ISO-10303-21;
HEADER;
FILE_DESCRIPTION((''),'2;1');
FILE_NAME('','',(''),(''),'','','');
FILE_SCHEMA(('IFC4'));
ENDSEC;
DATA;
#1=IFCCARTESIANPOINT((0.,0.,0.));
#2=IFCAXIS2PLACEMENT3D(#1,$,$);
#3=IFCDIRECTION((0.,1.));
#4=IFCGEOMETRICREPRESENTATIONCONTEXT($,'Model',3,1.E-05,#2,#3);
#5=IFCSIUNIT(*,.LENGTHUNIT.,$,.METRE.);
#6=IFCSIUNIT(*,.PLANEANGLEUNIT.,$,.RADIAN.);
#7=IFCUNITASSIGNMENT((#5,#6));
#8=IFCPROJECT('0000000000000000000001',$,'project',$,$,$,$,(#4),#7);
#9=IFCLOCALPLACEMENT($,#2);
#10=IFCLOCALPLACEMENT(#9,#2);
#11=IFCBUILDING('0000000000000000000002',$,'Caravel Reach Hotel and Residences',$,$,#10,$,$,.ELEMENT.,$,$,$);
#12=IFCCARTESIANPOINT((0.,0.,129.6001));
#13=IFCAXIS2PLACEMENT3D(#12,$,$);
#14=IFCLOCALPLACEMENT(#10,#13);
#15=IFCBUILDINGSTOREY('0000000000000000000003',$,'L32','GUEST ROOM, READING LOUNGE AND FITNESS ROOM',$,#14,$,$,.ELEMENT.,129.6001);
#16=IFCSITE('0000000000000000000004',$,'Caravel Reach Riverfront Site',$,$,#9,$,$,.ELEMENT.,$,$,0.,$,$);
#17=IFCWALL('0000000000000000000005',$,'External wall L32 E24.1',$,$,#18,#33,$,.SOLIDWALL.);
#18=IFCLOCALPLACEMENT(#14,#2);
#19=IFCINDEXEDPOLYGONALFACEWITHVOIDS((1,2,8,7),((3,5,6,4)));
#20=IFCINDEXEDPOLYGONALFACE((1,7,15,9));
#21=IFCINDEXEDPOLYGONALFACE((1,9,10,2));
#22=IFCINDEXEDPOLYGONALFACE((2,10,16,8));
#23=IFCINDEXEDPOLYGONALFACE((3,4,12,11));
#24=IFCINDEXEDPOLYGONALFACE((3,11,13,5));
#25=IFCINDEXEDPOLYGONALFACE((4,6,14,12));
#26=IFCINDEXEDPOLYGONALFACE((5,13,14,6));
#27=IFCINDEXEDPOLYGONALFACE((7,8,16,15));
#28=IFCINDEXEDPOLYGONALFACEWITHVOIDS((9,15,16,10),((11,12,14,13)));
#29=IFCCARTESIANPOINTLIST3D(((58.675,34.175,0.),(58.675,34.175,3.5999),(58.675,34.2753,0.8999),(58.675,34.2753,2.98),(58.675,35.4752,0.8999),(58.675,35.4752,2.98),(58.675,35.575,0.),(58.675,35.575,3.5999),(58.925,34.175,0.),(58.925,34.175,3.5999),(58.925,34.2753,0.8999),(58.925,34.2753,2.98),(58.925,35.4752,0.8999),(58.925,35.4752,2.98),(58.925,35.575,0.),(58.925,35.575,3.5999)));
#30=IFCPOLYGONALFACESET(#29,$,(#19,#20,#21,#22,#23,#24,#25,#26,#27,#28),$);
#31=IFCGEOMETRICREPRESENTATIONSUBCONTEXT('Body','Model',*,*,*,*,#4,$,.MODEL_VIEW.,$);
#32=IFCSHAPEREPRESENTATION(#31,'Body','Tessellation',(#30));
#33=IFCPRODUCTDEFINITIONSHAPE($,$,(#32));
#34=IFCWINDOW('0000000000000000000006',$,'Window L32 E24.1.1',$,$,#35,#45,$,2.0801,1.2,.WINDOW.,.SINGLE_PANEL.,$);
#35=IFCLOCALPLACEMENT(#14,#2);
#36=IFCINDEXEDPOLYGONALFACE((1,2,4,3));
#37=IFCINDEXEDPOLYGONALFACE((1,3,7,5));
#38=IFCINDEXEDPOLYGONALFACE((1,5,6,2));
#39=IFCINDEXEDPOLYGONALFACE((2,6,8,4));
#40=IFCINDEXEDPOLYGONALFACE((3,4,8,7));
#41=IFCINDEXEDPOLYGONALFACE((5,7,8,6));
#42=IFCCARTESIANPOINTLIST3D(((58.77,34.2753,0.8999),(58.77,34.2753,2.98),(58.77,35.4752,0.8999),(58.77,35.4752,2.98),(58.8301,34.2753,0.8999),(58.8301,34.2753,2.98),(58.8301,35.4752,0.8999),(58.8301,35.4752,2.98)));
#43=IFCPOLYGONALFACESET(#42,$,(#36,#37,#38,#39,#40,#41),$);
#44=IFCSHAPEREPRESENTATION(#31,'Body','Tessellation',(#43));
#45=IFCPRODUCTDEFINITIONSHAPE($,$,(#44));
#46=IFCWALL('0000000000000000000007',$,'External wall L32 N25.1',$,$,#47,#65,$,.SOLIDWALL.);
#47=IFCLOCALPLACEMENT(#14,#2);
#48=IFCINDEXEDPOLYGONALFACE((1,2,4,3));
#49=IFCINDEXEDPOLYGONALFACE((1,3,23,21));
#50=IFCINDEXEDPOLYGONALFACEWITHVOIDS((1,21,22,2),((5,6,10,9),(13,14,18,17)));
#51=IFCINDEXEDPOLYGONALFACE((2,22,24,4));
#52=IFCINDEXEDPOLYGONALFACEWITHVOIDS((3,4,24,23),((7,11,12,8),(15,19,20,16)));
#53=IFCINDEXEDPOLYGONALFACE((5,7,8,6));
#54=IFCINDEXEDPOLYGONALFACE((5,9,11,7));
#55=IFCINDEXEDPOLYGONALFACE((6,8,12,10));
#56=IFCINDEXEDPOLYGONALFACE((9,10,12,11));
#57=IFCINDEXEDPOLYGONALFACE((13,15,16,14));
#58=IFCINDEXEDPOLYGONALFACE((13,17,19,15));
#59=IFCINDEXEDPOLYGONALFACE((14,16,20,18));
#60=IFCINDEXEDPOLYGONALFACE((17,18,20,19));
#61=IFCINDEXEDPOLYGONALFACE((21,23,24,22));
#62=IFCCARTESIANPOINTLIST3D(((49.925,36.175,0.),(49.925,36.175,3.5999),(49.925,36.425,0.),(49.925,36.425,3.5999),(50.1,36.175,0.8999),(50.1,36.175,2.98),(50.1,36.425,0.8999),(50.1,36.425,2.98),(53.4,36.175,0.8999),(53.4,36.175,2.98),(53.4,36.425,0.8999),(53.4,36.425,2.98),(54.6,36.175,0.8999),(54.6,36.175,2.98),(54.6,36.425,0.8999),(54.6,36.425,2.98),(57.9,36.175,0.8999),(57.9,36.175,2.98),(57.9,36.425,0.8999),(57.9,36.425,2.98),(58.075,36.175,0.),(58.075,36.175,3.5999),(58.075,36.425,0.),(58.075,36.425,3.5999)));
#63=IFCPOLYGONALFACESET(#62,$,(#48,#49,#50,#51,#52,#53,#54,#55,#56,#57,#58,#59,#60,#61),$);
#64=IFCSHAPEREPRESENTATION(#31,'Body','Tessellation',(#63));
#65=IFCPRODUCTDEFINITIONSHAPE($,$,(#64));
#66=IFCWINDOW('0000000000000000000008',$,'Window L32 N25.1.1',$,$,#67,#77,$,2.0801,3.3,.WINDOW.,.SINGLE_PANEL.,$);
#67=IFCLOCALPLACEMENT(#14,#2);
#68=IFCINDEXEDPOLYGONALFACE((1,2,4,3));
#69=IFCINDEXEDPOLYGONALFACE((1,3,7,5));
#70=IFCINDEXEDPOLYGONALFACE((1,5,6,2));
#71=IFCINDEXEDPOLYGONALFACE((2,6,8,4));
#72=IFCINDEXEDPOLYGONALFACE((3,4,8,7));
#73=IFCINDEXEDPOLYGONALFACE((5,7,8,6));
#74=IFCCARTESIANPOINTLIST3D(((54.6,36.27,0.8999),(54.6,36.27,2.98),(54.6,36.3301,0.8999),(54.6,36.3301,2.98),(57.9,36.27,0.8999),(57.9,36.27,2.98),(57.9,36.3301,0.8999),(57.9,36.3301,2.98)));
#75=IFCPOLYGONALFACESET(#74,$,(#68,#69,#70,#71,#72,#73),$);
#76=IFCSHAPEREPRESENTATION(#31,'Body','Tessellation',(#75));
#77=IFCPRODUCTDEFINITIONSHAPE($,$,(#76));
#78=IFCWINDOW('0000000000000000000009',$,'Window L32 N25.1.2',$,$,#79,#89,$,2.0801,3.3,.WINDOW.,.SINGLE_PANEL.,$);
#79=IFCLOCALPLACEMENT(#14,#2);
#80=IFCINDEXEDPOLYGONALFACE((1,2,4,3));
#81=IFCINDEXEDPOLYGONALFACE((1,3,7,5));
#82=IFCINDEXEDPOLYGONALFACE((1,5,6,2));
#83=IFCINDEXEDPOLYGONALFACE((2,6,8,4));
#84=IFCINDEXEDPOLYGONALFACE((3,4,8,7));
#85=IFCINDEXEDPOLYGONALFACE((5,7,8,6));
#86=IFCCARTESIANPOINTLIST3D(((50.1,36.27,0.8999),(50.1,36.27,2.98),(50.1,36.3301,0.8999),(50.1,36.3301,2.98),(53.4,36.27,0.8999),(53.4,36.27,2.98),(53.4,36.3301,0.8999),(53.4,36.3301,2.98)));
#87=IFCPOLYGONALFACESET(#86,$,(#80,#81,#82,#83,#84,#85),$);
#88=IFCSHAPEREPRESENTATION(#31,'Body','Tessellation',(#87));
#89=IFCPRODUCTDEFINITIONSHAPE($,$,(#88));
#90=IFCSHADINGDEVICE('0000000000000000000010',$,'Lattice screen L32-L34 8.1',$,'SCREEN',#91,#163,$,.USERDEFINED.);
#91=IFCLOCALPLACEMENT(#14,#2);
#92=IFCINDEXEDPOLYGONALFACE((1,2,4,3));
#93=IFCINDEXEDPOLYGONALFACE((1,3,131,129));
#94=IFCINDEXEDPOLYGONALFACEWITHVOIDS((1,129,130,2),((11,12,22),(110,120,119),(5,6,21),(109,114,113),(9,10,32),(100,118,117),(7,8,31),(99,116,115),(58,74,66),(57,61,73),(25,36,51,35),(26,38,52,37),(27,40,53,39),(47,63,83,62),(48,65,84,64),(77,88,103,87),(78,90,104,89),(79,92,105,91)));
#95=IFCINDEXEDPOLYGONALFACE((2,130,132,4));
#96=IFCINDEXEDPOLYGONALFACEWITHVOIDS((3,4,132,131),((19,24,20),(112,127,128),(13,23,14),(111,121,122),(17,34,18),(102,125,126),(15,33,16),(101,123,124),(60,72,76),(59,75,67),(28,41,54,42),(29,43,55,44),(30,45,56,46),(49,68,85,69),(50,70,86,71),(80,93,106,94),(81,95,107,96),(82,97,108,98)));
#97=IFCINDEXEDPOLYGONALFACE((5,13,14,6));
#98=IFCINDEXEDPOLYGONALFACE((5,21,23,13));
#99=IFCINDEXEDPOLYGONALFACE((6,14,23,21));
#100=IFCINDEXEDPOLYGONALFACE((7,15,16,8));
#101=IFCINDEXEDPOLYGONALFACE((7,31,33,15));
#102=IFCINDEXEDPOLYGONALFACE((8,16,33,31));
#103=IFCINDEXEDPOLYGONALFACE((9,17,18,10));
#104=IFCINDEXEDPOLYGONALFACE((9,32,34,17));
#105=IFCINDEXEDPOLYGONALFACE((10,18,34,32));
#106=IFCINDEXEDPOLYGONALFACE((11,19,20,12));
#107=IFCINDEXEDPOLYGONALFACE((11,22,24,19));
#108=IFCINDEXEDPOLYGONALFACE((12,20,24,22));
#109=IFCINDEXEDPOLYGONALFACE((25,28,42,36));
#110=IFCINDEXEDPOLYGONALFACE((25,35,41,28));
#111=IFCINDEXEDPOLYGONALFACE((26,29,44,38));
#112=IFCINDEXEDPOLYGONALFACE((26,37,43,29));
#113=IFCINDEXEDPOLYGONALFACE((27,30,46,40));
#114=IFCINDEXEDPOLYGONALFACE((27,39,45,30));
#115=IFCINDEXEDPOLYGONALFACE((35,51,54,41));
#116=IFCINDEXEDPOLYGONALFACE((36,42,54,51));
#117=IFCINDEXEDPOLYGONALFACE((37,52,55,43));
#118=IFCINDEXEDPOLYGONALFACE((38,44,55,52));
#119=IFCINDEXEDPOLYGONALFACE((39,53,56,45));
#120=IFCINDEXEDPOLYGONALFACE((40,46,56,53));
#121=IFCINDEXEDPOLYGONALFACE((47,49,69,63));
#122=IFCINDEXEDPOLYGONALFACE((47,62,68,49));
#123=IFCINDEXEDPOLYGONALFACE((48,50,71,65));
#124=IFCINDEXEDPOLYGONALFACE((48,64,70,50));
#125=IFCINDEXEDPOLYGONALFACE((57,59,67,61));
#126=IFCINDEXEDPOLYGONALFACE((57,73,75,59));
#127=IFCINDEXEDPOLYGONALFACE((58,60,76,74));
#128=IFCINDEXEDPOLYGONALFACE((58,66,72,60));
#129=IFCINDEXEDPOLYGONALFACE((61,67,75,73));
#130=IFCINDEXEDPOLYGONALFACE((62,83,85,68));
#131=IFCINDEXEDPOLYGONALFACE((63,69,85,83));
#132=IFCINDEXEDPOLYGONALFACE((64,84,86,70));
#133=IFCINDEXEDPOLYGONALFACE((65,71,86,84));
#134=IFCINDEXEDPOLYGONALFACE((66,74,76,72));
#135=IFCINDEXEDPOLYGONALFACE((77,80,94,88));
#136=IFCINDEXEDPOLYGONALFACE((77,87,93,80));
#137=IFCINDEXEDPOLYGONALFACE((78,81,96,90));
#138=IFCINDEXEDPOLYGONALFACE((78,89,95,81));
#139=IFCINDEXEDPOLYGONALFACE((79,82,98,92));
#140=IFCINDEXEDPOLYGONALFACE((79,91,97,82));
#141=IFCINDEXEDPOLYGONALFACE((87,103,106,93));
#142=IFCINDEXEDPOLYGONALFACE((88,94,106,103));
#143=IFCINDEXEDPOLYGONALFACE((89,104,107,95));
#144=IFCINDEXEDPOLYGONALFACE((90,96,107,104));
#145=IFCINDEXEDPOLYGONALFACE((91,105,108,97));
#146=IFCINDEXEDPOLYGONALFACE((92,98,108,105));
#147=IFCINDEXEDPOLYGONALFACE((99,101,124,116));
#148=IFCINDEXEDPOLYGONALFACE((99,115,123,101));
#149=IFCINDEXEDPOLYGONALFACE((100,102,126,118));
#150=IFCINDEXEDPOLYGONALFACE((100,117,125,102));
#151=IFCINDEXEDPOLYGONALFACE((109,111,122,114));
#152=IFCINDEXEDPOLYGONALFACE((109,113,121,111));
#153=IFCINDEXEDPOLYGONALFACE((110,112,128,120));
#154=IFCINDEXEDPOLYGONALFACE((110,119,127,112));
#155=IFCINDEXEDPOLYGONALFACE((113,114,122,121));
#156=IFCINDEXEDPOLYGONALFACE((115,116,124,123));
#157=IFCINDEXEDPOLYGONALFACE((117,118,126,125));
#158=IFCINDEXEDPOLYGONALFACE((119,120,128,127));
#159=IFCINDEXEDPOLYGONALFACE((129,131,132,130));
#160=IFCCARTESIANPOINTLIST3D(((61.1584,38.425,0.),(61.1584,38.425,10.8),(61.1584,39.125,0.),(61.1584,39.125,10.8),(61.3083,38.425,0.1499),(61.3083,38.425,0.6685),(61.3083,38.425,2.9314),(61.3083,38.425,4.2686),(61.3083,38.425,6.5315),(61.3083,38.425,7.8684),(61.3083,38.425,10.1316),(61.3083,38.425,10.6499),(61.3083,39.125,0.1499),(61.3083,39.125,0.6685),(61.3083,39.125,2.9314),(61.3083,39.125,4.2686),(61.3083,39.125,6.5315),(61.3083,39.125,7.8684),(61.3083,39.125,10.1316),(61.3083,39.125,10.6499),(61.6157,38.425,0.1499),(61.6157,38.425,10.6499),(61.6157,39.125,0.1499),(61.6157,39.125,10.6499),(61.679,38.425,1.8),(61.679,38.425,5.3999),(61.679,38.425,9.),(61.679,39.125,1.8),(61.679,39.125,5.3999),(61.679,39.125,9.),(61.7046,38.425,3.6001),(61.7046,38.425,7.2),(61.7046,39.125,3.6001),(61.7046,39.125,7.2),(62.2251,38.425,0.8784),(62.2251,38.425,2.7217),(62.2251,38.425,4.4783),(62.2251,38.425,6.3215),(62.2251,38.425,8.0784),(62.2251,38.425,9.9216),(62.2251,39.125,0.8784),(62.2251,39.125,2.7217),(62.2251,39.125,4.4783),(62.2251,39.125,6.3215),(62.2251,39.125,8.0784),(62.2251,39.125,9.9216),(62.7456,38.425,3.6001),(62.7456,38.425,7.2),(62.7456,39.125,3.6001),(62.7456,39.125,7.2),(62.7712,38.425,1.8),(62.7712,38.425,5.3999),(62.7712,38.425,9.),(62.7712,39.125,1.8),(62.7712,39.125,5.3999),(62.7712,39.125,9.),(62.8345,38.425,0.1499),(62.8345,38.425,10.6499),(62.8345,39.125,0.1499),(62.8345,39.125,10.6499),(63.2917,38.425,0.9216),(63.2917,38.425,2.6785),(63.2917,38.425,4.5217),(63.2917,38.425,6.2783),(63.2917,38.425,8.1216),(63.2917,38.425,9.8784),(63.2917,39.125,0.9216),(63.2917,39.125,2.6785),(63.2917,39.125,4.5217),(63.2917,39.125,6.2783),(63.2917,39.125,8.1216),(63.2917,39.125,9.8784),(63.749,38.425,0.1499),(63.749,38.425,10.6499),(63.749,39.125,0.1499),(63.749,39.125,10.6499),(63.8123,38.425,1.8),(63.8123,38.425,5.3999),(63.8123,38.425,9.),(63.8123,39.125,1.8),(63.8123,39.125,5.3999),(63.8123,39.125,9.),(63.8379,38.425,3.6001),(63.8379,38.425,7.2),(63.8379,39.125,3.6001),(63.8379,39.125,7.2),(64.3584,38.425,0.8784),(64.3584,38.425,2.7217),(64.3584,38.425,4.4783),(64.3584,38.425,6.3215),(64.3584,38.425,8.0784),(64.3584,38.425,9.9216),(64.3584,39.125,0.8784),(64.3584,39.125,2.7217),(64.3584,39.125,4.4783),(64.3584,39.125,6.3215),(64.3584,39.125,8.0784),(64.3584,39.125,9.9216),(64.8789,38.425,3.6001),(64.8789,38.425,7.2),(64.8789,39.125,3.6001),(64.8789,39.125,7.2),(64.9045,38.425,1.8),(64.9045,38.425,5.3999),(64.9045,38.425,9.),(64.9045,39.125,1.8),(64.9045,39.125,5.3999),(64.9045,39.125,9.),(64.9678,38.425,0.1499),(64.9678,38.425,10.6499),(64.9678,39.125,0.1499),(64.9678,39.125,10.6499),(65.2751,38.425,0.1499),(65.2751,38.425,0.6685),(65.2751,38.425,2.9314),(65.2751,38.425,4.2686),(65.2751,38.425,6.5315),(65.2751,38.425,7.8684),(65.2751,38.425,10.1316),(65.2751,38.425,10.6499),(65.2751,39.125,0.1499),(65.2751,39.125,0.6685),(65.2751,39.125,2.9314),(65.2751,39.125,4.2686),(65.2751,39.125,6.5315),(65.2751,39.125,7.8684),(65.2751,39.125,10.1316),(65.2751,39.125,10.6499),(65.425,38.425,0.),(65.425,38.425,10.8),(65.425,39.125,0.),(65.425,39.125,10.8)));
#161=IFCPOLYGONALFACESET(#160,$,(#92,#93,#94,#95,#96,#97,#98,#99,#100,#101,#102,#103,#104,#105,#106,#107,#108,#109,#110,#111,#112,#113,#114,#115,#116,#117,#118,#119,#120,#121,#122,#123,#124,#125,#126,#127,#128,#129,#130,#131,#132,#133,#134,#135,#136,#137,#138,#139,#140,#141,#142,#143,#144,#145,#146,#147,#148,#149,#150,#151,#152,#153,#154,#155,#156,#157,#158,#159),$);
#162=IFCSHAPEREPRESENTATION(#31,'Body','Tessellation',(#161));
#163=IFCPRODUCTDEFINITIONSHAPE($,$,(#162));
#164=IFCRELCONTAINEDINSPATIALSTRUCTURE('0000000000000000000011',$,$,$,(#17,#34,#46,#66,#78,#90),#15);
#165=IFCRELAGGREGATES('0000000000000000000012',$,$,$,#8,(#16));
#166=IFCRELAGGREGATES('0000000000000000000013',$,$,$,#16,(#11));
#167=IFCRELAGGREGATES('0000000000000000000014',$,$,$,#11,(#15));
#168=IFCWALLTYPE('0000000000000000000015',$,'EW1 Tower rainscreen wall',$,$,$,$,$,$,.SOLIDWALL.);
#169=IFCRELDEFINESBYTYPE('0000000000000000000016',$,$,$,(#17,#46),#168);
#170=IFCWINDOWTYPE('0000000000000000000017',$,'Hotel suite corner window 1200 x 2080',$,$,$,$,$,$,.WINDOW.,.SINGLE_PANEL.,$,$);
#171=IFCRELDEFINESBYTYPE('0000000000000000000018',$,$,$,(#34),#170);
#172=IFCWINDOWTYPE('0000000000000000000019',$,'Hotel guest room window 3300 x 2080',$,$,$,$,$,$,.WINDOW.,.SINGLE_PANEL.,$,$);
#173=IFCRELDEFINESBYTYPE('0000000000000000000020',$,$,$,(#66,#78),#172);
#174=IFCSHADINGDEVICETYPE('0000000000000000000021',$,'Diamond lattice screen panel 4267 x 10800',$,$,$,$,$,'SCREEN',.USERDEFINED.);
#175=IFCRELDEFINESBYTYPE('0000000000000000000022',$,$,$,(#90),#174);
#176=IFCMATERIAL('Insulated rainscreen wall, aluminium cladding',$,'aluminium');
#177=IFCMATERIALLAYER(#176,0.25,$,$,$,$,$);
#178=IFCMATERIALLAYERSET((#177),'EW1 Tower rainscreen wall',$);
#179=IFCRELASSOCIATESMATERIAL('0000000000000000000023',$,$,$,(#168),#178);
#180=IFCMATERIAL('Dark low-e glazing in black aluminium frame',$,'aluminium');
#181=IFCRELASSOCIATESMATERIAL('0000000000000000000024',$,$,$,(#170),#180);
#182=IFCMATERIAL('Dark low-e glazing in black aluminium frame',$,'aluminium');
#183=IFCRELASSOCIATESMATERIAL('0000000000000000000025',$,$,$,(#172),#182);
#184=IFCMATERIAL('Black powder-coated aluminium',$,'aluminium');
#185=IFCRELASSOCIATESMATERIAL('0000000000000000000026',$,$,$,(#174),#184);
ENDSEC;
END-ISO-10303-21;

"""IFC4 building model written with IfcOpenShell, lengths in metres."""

from ifc_helpers import new_model, si_unit, direction, frame, frame_2d, origin, place, context, subcontext, project, spatial, polyline, rectangle, outline, extrude, material, layer, layer_set, type_object, element, fill, save


model = new_model("IFC4")

# Units and contexts
model_context = context("Model", 3, precision=1e-05, world=origin(), true_north=direction((0.0, 1.0)))
body_context = subcontext(model_context, "Body", "Model", "MODEL_VIEW")
ifc_project = project(units=[si_unit("LENGTHUNIT", "METRE"), si_unit("PLANEANGLEUNIT", "RADIAN")], contexts=[model_context])

# Site, building, storey
site_placement = place(None, origin())
site = spatial("IfcSite", under=ifc_project, at=site_placement, Name="Caravel Reach Riverfront Site", CompositionType="ELEMENT", RefElevation=0.0)
building_placement = place(site_placement, origin())
building = spatial("IfcBuilding", under=site, at=building_placement, Name="Caravel Reach Hotel and Residences", CompositionType="ELEMENT")
storey_placement = place(building_placement, frame((0.0, 0.0, 129.6001)))
storey = spatial("IfcBuildingStorey", under=building, at=storey_placement, Name="L32", Description="GUEST ROOM, READING LOUNGE AND FITNESS ROOM", CompositionType="ELEMENT", Elevation=129.6001)

# Wall, opening, window
ifc_material_1 = material(Name="Insulated rainscreen wall, aluminium cladding", Category="aluminium")
ifc_layer = layer(ifc_material_1, 0.25)
ifc_layer_set = layer_set([ifc_layer], Name="EW1 Tower rainscreen wall")
wall_type = type_object("IfcWallType", Name="EW1 Tower rainscreen wall", PredefinedType="SOLIDWALL", material=ifc_layer_set)
ifc_material_2 = material(Name="Dark low-e glazing in black aluminium frame", Category="aluminium")
window_type_1 = type_object("IfcWindowType", Name="Hotel suite corner window 1200 x 2080", PartitioningType="SINGLE_PANEL", PredefinedType="WINDOW", material=ifc_material_2)
wall_1_placement = place(storey_placement, frame((58.8, 34.175, 0.0), z_axis=(0.0, 0.0, 1.0), x_axis=(0.0, 1.0, 0.0)))
wall_1 = element("IfcWall", 1, at=wall_1_placement, inside=storey, type_object=wall_type, Name="External wall L32 E24.1", PredefinedType="SOLIDWALL", context=body_context, shape_type="SweptSolid", body=[
    extrude(rectangle(XDim=1.3999, YDim=0.25, at=frame_2d((0.7, 0.0))), origin(), (0.0, 0.0, 1.0), 3.5999),
])
opening_1_placement = place(wall_1_placement, frame((0.1001, 0.0, 0.8999)))
opening_1 = element("IfcOpeningElement", 2, at=opening_1_placement, cuts=wall_1, PredefinedType="OPENING", context=body_context, shape_type="SweptSolid", body=[
    extrude(rectangle(XDim=1.2, YDim=2.0801, at=frame_2d((0.6001, 1.04))), frame((0.0, 0.135, 0.0), z_axis=(0.0, -1.0, 0.0), x_axis=(1.0, 0.0, 0.0)), (0.0, 0.0, 1.0), 0.27),
])
window_1_placement = place(opening_1_placement, origin())
window_1 = element("IfcWindow", 3, at=window_1_placement, inside=storey, type_object=window_type_1, Name="Window L32 E24.1.1", OverallHeight=2.0801, OverallWidth=1.2, PartitioningType="SINGLE_PANEL", PredefinedType="WINDOW", context=body_context, shape_type="SweptSolid", body=[
    extrude(rectangle(XDim=1.2, YDim=2.0801, at=frame_2d((0.6001, 1.04))), frame((0.0, 0.03, 0.0), z_axis=(0.0, -1.0, 0.0), x_axis=(1.0, 0.0, 0.0)), (0.0, 0.0, 1.0), 0.0601),
])
fill(opening_1, window_1)

# Wall, openings, windows
wall_2_placement = place(storey_placement, frame((58.075, 36.3, 0.0), z_axis=(0.0, 0.0, 1.0), x_axis=(-1.0, 0.0, 0.0)))
wall_2 = element("IfcWall", 4, at=wall_2_placement, inside=storey, type_object=wall_type, Name="External wall L32 N25.1", PredefinedType="SOLIDWALL", context=body_context, shape_type="SweptSolid", body=[
    extrude(rectangle(XDim=8.1499, YDim=0.25, at=frame_2d((4.075, 0.0))), origin(), (0.0, 0.0, 1.0), 3.5999),
])
opening_2_placement = place(wall_2_placement, frame((0.175, 0.0, 0.8999)))
opening_2 = element("IfcOpeningElement", 5, at=opening_2_placement, cuts=wall_2, PredefinedType="OPENING", context=body_context, shape_type="SweptSolid", body=[
    extrude(rectangle(XDim=3.3, YDim=2.0801, at=frame_2d((1.6499, 1.04))), frame((0.0, 0.135, 0.0), z_axis=(0.0, -1.0, 0.0), x_axis=(1.0, 0.0, 0.0)), (0.0, 0.0, 1.0), 0.27),
])
opening_3_placement = place(wall_2_placement, frame((4.675, 0.0, 0.8999)))
opening_3 = element("IfcOpeningElement", 6, at=opening_3_placement, cuts=wall_2, PredefinedType="OPENING", context=body_context, shape_type="SweptSolid", body=[
    extrude(rectangle(XDim=3.3, YDim=2.0801, at=frame_2d((1.6499, 1.04))), frame((0.0, 0.135, 0.0), z_axis=(0.0, -1.0, 0.0), x_axis=(1.0, 0.0, 0.0)), (0.0, 0.0, 1.0), 0.27),
])
ifc_material_3 = material(Name="Dark low-e glazing in black aluminium frame", Category="aluminium")
window_type_2 = type_object("IfcWindowType", Name="Hotel guest room window 3300 x 2080", PartitioningType="SINGLE_PANEL", PredefinedType="WINDOW", material=ifc_material_3)
window_2_placement = place(opening_2_placement, origin())
window_2 = element("IfcWindow", 7, at=window_2_placement, inside=storey, type_object=window_type_2, Name="Window L32 N25.1.1", OverallHeight=2.0801, OverallWidth=3.3, PartitioningType="SINGLE_PANEL", PredefinedType="WINDOW", context=body_context, shape_type="SweptSolid", body=[
    extrude(rectangle(XDim=3.3, YDim=2.0801, at=frame_2d((1.6499, 1.04))), frame((0.0, 0.03, 0.0), z_axis=(0.0, -1.0, 0.0), x_axis=(1.0, 0.0, 0.0)), (0.0, 0.0, 1.0), 0.0601),
])
fill(opening_2, window_2)
window_3_placement = place(opening_3_placement, origin())
window_3 = element("IfcWindow", 8, at=window_3_placement, inside=storey, type_object=window_type_2, Name="Window L32 N25.1.2", OverallHeight=2.0801, OverallWidth=3.3, PartitioningType="SINGLE_PANEL", PredefinedType="WINDOW", context=body_context, shape_type="SweptSolid", body=[
    extrude(rectangle(XDim=3.3, YDim=2.0801, at=frame_2d((1.6499, 1.04))), frame((0.0, 0.03, 0.0), z_axis=(0.0, -1.0, 0.0), x_axis=(1.0, 0.0, 0.0)), (0.0, 0.0, 1.0), 0.0601),
])
fill(opening_3, window_3)

# Shading device
ifc_material_4 = material(Name="Black powder-coated aluminium", Category="aluminium")
shading_device_type = type_object("IfcShadingDeviceType", Name="Diamond lattice screen panel 4267 x 10800", ElementType="SCREEN", PredefinedType="USERDEFINED", material=ifc_material_4)
shading_device_1_placement = place(storey_placement, frame((65.425, 38.425, 0.0), z_axis=(0.0, 1.0, 0.0), x_axis=(-1.0, 0.0, 0.0)))
element("IfcShadingDevice", 9, at=shading_device_1_placement, inside=storey, type_object=shading_device_type, Name="Lattice screen L32-L34 8.1", ObjectType="SCREEN", PredefinedType="USERDEFINED", context=body_context, shape_type="SweptSolid", body=[
    extrude(outline(polyline([(0.0, 0.0), (4.2666, 0.0), (4.2666, 10.8), (0.0, 10.8), (0.0, 0.0)]), holes=[polyline([(0.4573, 0.1499), (0.1499, 0.6685), (0.1499, 0.1499), (0.4573, 0.1499)]), polyline([(0.5461, 3.6001), (0.1499, 4.2686), (0.1499, 2.9314), (0.5461, 3.6001)]), polyline([(0.5461, 7.2), (0.1499, 7.8684), (0.1499, 6.5315), (0.5461, 7.2)]), polyline([(0.1499, 10.1316), (0.4573, 10.6499), (0.1499, 10.6499), (0.1499, 10.1316)]), polyline([(1.0667, 2.7217), (0.5205, 1.8), (1.0667, 0.8784), (1.6128, 1.8), (1.0667, 2.7217)]), polyline([(1.0667, 6.3215), (0.5205, 5.3999), (1.0667, 4.4783), (1.6128, 5.3999), (1.0667, 6.3215)]), polyline([(1.0667, 9.9216), (0.5205, 9.0), (1.0667, 8.0784), (1.6128, 9.0), (1.0667, 9.9216)]), polyline([(2.1333, 0.9216), (1.676, 0.1499), (2.5906, 0.1499), (2.1333, 0.9216)]), polyline([(2.1333, 4.5217), (1.5872, 3.6001), (2.1333, 2.6785), (2.6794, 3.6001), (2.1333, 4.5217)]), polyline([(2.1333, 8.1216), (1.5872, 7.2), (2.1333, 6.2783), (2.6794, 7.2), (2.1333, 8.1216)]), polyline([(2.1333, 9.8784), (2.5906, 10.6499), (1.676, 10.6499), (2.1333, 9.8784)]), polyline([(3.2, 2.7217), (2.6538, 1.8), (3.2, 0.8784), (3.7461, 1.8), (3.2, 2.7217)]), polyline([(3.2, 6.3215), (2.6538, 5.3999), (3.2, 4.4783), (3.7461, 5.3999), (3.2, 6.3215)]), polyline([(3.2, 9.9216), (2.6538, 9.0), (3.2, 8.0784), (3.7461, 9.0), (3.2, 9.9216)]), polyline([(4.1167, 0.6685), (3.8093, 0.1499), (4.1167, 0.1499), (4.1167, 0.6685)]), polyline([(3.7205, 3.6001), (4.1167, 2.9314), (4.1167, 4.2686), (3.7205, 3.6001)]), polyline([(3.7205, 7.2), (4.1167, 6.5315), (4.1167, 7.8684), (3.7205, 7.2)]), polyline([(3.8093, 10.6499), (4.1167, 10.1316), (4.1167, 10.6499), (3.8093, 10.6499)])]), origin(), (0.0, 0.0, 1.0), 0.7),
])

save(model, "model.ifc")
